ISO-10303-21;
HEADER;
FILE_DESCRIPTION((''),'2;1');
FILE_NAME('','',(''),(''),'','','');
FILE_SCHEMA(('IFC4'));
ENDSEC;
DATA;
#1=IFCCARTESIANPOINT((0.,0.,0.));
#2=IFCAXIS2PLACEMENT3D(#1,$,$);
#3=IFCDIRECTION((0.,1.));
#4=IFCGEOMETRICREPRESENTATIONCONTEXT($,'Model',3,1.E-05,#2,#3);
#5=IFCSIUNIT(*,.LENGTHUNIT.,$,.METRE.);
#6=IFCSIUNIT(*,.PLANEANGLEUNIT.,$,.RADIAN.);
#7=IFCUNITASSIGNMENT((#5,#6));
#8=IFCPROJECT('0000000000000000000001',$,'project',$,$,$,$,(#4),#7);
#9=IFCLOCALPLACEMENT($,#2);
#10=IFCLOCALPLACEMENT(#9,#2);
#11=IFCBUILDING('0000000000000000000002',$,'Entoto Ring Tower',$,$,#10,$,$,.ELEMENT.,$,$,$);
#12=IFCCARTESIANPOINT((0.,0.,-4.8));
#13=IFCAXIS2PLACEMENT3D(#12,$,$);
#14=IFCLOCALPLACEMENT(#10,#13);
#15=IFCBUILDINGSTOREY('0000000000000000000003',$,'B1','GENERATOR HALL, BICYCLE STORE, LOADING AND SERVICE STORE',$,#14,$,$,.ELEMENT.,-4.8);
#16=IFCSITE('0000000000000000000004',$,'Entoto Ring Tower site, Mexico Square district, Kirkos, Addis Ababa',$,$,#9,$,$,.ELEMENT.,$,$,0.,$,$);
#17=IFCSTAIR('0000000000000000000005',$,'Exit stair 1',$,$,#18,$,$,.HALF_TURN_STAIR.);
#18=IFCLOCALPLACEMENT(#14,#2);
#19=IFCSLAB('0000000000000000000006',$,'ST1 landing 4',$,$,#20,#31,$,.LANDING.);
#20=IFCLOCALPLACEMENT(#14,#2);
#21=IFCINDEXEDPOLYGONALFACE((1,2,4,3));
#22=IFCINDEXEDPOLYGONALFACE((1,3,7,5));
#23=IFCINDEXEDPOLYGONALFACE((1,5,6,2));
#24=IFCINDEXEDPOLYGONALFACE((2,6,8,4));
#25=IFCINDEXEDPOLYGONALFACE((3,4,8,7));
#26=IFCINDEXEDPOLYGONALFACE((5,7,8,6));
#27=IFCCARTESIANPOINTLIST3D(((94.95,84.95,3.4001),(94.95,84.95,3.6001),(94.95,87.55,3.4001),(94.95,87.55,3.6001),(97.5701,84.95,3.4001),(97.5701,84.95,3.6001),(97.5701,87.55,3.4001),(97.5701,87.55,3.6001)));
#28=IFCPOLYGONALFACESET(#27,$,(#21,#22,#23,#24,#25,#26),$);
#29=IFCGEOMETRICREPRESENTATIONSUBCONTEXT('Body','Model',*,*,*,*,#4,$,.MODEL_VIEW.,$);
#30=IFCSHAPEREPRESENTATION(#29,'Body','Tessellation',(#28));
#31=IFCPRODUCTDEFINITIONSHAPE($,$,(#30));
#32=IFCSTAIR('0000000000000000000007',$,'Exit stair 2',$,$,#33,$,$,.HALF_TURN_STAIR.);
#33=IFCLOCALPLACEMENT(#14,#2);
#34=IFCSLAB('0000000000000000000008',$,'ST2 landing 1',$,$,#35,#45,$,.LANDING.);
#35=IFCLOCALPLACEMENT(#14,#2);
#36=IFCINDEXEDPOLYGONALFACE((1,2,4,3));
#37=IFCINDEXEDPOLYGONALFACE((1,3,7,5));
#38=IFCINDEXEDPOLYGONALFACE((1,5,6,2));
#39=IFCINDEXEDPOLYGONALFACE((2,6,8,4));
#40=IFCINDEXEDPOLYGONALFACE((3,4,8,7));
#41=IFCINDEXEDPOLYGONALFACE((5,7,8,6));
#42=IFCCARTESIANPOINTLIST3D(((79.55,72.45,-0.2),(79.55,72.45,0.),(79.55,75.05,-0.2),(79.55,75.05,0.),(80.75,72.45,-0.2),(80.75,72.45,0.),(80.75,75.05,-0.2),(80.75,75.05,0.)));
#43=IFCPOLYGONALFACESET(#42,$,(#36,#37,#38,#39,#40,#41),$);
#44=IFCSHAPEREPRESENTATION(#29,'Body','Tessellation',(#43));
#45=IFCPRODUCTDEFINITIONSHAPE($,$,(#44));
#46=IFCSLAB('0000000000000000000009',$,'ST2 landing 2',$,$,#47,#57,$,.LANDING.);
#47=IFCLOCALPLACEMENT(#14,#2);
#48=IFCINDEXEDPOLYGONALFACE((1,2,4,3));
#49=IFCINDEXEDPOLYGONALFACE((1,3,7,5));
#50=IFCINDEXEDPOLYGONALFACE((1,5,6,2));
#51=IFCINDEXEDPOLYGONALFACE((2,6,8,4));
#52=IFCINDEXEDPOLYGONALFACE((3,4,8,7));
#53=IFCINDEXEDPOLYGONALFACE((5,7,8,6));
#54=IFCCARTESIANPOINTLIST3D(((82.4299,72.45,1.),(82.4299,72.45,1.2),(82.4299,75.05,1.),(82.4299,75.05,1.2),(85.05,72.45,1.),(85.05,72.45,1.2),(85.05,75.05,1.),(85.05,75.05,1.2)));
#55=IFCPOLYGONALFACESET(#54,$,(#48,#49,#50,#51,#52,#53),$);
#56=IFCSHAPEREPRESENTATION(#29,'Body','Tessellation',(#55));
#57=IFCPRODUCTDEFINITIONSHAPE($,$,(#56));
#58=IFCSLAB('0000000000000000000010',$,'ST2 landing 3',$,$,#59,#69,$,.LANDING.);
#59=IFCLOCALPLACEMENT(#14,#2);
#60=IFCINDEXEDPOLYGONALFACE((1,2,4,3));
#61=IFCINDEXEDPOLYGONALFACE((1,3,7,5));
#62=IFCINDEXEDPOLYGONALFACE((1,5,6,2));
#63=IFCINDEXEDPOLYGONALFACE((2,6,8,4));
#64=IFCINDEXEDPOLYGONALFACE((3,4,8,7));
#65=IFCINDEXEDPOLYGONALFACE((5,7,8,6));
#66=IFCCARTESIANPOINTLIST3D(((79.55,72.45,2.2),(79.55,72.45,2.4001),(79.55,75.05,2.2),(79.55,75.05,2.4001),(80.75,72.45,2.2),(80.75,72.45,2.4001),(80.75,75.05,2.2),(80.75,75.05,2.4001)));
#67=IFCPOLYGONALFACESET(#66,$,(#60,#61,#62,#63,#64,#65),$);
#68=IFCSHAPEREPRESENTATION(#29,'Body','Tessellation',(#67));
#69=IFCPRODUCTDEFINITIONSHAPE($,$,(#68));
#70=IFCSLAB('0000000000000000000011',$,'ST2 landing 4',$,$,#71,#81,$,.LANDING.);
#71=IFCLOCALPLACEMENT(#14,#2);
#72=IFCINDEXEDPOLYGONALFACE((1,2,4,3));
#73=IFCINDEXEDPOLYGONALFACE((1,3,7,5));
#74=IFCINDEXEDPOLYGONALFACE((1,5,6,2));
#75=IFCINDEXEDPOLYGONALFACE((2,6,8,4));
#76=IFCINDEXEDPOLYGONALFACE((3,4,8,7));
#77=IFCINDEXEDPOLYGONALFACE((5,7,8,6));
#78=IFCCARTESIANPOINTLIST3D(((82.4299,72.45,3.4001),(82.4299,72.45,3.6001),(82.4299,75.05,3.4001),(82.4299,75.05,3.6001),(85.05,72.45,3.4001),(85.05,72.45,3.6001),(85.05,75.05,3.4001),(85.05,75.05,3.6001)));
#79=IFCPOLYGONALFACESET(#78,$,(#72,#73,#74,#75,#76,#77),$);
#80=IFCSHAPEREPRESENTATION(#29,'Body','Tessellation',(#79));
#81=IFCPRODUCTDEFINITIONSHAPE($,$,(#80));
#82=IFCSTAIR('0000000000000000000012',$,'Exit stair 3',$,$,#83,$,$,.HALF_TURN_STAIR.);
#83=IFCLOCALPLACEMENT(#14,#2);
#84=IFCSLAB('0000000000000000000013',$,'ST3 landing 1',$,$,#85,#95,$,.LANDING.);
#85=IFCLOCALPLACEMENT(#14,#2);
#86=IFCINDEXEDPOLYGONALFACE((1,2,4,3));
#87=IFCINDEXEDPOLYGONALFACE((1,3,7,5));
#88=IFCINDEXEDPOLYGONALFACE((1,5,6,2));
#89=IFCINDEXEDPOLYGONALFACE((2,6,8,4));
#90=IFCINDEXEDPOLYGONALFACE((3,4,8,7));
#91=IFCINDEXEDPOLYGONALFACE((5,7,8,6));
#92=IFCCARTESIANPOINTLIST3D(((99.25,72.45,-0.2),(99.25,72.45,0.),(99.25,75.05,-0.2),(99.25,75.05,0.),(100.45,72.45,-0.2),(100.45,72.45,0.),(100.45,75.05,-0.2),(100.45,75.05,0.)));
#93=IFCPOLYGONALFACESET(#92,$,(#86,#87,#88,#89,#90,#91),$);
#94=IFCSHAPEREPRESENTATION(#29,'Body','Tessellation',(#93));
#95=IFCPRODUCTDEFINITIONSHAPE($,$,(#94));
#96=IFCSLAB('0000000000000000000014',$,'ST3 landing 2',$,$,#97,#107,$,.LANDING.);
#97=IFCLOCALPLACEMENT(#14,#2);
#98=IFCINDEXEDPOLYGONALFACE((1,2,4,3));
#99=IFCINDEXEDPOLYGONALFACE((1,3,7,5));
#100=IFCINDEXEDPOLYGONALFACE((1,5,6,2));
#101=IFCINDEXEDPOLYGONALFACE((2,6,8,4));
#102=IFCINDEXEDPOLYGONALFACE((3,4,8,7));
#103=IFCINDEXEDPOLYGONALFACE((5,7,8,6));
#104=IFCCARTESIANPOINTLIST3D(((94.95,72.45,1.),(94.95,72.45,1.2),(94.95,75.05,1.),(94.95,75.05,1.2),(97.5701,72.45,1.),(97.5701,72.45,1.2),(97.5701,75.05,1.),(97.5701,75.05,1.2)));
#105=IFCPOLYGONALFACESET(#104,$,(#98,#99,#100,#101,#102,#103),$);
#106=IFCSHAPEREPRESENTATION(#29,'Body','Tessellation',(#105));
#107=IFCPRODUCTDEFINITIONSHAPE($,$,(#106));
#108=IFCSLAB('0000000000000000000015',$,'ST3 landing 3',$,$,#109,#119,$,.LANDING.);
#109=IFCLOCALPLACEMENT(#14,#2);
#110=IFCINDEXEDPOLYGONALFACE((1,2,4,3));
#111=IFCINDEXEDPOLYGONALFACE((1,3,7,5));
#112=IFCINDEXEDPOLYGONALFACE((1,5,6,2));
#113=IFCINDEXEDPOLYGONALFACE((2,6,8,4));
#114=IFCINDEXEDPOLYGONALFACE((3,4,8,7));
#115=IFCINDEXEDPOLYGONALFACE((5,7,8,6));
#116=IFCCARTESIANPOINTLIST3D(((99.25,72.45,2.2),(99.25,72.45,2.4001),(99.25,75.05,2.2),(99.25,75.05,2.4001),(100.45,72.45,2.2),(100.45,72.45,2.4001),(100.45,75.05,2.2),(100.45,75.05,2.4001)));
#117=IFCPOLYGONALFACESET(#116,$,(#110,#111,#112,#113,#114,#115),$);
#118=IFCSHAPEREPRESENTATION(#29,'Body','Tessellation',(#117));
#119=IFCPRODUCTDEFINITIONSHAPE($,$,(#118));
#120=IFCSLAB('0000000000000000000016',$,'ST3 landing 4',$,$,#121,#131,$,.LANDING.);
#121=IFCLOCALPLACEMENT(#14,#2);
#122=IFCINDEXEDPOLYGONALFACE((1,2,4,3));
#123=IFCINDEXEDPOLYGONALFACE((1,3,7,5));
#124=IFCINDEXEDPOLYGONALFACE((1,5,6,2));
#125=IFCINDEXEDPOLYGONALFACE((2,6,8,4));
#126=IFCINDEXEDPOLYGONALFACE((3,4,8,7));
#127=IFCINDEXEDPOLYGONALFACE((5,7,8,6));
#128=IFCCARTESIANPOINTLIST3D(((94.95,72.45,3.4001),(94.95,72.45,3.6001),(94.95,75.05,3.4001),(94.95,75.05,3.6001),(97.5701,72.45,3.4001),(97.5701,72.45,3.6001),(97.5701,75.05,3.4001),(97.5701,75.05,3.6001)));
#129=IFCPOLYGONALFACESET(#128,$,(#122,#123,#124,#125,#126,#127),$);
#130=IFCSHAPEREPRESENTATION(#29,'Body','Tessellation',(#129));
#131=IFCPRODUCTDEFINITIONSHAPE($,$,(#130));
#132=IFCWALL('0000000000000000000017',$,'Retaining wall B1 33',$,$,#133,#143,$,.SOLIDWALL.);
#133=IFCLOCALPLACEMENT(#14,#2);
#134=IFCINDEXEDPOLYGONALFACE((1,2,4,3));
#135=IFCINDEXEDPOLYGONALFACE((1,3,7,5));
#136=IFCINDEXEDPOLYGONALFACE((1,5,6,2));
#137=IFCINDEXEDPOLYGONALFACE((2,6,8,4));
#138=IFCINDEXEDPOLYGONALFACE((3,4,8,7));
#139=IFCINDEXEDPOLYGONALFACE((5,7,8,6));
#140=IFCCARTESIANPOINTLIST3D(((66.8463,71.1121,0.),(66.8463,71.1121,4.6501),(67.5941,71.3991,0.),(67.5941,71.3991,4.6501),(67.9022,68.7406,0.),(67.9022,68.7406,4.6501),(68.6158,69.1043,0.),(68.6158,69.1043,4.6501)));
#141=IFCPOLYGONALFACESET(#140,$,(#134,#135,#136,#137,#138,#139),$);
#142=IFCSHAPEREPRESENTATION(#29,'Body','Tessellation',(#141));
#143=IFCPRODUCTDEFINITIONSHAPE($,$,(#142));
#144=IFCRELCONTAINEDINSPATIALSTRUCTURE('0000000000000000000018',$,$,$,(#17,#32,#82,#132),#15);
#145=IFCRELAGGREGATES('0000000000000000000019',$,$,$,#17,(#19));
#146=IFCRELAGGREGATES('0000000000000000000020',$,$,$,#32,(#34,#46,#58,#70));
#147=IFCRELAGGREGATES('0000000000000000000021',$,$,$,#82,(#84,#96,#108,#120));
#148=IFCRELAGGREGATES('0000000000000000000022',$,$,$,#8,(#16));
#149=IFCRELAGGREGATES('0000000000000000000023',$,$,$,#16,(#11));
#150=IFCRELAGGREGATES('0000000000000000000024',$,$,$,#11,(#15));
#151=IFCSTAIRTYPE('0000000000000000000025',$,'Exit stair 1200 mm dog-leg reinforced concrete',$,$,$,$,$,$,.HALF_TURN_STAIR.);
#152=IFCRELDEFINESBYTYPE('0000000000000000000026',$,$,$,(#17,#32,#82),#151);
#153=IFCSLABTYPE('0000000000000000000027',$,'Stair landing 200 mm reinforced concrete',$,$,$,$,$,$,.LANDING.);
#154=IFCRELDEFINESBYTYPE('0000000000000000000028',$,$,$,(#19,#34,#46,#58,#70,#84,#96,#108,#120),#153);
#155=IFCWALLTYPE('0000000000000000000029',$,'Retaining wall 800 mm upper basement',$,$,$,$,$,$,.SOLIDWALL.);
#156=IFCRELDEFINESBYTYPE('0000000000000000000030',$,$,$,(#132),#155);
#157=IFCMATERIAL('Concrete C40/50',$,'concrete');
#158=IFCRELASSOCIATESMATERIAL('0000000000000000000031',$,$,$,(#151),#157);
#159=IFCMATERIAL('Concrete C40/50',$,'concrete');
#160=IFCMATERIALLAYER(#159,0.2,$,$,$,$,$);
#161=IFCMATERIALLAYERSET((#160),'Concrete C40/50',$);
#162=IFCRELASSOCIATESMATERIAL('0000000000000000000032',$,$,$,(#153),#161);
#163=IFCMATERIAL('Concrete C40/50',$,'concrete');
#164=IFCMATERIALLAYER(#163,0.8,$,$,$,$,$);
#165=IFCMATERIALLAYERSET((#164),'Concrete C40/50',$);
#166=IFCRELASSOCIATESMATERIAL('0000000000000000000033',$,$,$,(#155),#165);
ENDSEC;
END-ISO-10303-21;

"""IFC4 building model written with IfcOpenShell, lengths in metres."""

from ifc_helpers import new_model, si_unit, direction, frame, origin, place, context, subcontext, project, spatial, polyline, outline, extrude, material, layer, layer_set, type_object, element, aggregate, save


model = new_model("IFC4")

# Units and contexts
model_context = context("Model", 3, precision=1e-05, world=origin(), true_north=direction((0.0, 1.0)))
body_context = subcontext(model_context, "Body", "Model", "MODEL_VIEW")
ifc_project = project(units=[si_unit("LENGTHUNIT", "METRE"), si_unit("PLANEANGLEUNIT", "RADIAN")], contexts=[model_context])

# Site, building, storey
site_placement = place(None, origin())
site = spatial("IfcSite", under=ifc_project, at=site_placement, Name="Entoto Ring Tower site, Mexico Square district, Kirkos, Addis Ababa", CompositionType="ELEMENT", RefElevation=0.0)
building_placement = place(site_placement, origin())
building = spatial("IfcBuilding", under=site, at=building_placement, Name="Entoto Ring Tower", CompositionType="ELEMENT")
storey_placement = place(building_placement, frame((0.0, 0.0, -4.8)))
storey = spatial("IfcBuildingStorey", under=building, at=storey_placement, Name="B1", Description="GENERATOR HALL, BICYCLE STORE, LOADING AND SERVICE STORE", CompositionType="ELEMENT", Elevation=-4.8)

# Stairs, slabs
ifc_material_1 = material(Name="Concrete C40/50", Category="concrete")
stair_type = type_object("IfcStairType", Name="Exit stair 1200 mm dog-leg reinforced concrete", PredefinedType="HALF_TURN_STAIR", material=ifc_material_1)
stair_1_placement = place(storey_placement, origin())
stair_1 = element("IfcStair", 1, at=stair_1_placement, inside=storey, type_object=stair_type, Name="Exit stair 1", PredefinedType="HALF_TURN_STAIR")
ifc_material_2 = material(Name="Concrete C40/50", Category="concrete")
ifc_layer_1 = layer(ifc_material_2, 0.2)
ifc_layer_set_1 = layer_set([ifc_layer_1], Name="Concrete C40/50")
slab_type_1 = type_object("IfcSlabType", Name="Stair landing 200 mm reinforced concrete", PredefinedType="LANDING", material=ifc_layer_set_1)
slab_1_placement = place(storey_placement, frame((0.0, 0.0, 3.4001)))
slab_1 = element("IfcSlab", 2, at=slab_1_placement, type_object=slab_type_1, Name="ST1 landing 4", PredefinedType="LANDING", context=body_context, shape_type="SweptSolid", body=[
    extrude(outline(polyline([(94.95, 84.95), (97.5701, 84.95), (97.5701, 87.55), (94.95, 87.55), (94.95, 84.95)])), origin(), (0.0, 0.0, 1.0), 0.2),
])
aggregate(stair_1, [slab_1])
stair_2_placement = place(storey_placement, origin())
stair_2 = element("IfcStair", 3, at=stair_2_placement, inside=storey, type_object=stair_type, Name="Exit stair 2", PredefinedType="HALF_TURN_STAIR")
slab_2_placement = place(storey_placement, frame((0.0, 0.0, -0.2)))
slab_2 = element("IfcSlab", 4, at=slab_2_placement, type_object=slab_type_1, Name="ST2 landing 1", PredefinedType="LANDING", context=body_context, shape_type="SweptSolid", body=[
    extrude(outline(polyline([(80.75, 72.45), (80.75, 75.05), (79.55, 75.05), (79.55, 72.45), (80.75, 72.45)])), origin(), (0.0, 0.0, 1.0), 0.2),
])
slab_3_placement = place(storey_placement, frame((0.0, 0.0, 1.0)))
slab_3 = element("IfcSlab", 5, at=slab_3_placement, type_object=slab_type_1, Name="ST2 landing 2", PredefinedType="LANDING", context=body_context, shape_type="SweptSolid", body=[
    extrude(outline(polyline([(82.4299, 72.45), (85.05, 72.45), (85.05, 75.05), (82.4299, 75.05), (82.4299, 72.45)])), origin(), (0.0, 0.0, 1.0), 0.2),
])
slab_4_placement = place(storey_placement, frame((0.0, 0.0, 2.2)))
slab_4 = element("IfcSlab", 6, at=slab_4_placement, type_object=slab_type_1, Name="ST2 landing 3", PredefinedType="LANDING", context=body_context, shape_type="SweptSolid", body=[
    extrude(outline(polyline([(79.55, 72.45), (80.75, 72.45), (80.75, 75.05), (79.55, 75.05), (79.55, 72.45)])), origin(), (0.0, 0.0, 1.0), 0.2002),
])
slab_5_placement = place(storey_placement, frame((0.0, 0.0, 3.4001)))
slab_5 = element("IfcSlab", 7, at=slab_5_placement, type_object=slab_type_1, Name="ST2 landing 4", PredefinedType="LANDING", context=body_context, shape_type="SweptSolid", body=[
    extrude(outline(polyline([(82.4299, 72.45), (85.05, 72.45), (85.05, 75.05), (82.4299, 75.05), (82.4299, 72.45)])), origin(), (0.0, 0.0, 1.0), 0.2),
])
aggregate(stair_2, [slab_2, slab_3, slab_4, slab_5])
stair_3_placement = place(storey_placement, origin())
stair_3 = element("IfcStair", 8, at=stair_3_placement, inside=storey, type_object=stair_type, Name="Exit stair 3", PredefinedType="HALF_TURN_STAIR")
slab_6_placement = place(storey_placement, frame((0.0, 0.0, -0.2)))
slab_6 = element("IfcSlab", 9, at=slab_6_placement, type_object=slab_type_1, Name="ST3 landing 1", PredefinedType="LANDING", context=body_context, shape_type="SweptSolid", body=[
    extrude(outline(polyline([(100.45, 72.45), (100.45, 75.05), (99.25, 75.05), (99.25, 72.45), (100.45, 72.45)])), origin(), (0.0, 0.0, 1.0), 0.2),
])
slab_7_placement = place(storey_placement, frame((0.0, 0.0, 1.0)))
slab_7 = element("IfcSlab", 10, at=slab_7_placement, type_object=slab_type_1, Name="ST3 landing 2", PredefinedType="LANDING", context=body_context, shape_type="SweptSolid", body=[
    extrude(outline(polyline([(94.95, 72.45), (97.5701, 72.45), (97.5701, 75.05), (94.95, 75.05), (94.95, 72.45)])), origin(), (0.0, 0.0, 1.0), 0.2),
])
slab_8_placement = place(storey_placement, frame((0.0, 0.0, 2.2)))
slab_8 = element("IfcSlab", 11, at=slab_8_placement, type_object=slab_type_1, Name="ST3 landing 3", PredefinedType="LANDING", context=body_context, shape_type="SweptSolid", body=[
    extrude(outline(polyline([(99.25, 72.45), (100.45, 72.45), (100.45, 75.05), (99.25, 75.05), (99.25, 72.45)])), origin(), (0.0, 0.0, 1.0), 0.2002),
])
slab_9_placement = place(storey_placement, frame((0.0, 0.0, 3.4001)))
slab_9 = element("IfcSlab", 12, at=slab_9_placement, type_object=slab_type_1, Name="ST3 landing 4", PredefinedType="LANDING", context=body_context, shape_type="SweptSolid", body=[
    extrude(outline(polyline([(94.95, 72.45), (97.5701, 72.45), (97.5701, 75.05), (94.95, 75.05), (94.95, 72.45)])), origin(), (0.0, 0.0, 1.0), 0.2),
])
aggregate(stair_3, [slab_6, slab_7, slab_8, slab_9])

# Wall
ifc_material_3 = material(Name="Concrete C40/50", Category="concrete")
ifc_layer_2 = layer(ifc_material_3, 0.8)
ifc_layer_set_2 = layer_set([ifc_layer_2], Name="Concrete C40/50")
wall_type = type_object("IfcWallType", Name="Retaining wall 800 mm upper basement", PredefinedType="SOLIDWALL", material=ifc_layer_set_2)
wall_placement = place(storey_placement, frame((67.2202, 71.2556, 0.0), z_axis=(0.0, 0.0, 1.0), x_axis=(0.406733, -0.913547, 0.0)))
element("IfcWall", 13, at=wall_placement, inside=storey, type_object=wall_type, Name="Retaining wall B1 33", PredefinedType="SOLIDWALL", context=body_context, shape_type="SweptSolid", body=[
    extrude(outline(polyline([(-0.021, -0.3999), (2.575, -0.3999), (2.533, 0.3999), (0.021, 0.3999), (-0.021, -0.3999)])), origin(), (0.0, 0.0, 1.0), 4.6501),
])

save(model, "model.ifc")
